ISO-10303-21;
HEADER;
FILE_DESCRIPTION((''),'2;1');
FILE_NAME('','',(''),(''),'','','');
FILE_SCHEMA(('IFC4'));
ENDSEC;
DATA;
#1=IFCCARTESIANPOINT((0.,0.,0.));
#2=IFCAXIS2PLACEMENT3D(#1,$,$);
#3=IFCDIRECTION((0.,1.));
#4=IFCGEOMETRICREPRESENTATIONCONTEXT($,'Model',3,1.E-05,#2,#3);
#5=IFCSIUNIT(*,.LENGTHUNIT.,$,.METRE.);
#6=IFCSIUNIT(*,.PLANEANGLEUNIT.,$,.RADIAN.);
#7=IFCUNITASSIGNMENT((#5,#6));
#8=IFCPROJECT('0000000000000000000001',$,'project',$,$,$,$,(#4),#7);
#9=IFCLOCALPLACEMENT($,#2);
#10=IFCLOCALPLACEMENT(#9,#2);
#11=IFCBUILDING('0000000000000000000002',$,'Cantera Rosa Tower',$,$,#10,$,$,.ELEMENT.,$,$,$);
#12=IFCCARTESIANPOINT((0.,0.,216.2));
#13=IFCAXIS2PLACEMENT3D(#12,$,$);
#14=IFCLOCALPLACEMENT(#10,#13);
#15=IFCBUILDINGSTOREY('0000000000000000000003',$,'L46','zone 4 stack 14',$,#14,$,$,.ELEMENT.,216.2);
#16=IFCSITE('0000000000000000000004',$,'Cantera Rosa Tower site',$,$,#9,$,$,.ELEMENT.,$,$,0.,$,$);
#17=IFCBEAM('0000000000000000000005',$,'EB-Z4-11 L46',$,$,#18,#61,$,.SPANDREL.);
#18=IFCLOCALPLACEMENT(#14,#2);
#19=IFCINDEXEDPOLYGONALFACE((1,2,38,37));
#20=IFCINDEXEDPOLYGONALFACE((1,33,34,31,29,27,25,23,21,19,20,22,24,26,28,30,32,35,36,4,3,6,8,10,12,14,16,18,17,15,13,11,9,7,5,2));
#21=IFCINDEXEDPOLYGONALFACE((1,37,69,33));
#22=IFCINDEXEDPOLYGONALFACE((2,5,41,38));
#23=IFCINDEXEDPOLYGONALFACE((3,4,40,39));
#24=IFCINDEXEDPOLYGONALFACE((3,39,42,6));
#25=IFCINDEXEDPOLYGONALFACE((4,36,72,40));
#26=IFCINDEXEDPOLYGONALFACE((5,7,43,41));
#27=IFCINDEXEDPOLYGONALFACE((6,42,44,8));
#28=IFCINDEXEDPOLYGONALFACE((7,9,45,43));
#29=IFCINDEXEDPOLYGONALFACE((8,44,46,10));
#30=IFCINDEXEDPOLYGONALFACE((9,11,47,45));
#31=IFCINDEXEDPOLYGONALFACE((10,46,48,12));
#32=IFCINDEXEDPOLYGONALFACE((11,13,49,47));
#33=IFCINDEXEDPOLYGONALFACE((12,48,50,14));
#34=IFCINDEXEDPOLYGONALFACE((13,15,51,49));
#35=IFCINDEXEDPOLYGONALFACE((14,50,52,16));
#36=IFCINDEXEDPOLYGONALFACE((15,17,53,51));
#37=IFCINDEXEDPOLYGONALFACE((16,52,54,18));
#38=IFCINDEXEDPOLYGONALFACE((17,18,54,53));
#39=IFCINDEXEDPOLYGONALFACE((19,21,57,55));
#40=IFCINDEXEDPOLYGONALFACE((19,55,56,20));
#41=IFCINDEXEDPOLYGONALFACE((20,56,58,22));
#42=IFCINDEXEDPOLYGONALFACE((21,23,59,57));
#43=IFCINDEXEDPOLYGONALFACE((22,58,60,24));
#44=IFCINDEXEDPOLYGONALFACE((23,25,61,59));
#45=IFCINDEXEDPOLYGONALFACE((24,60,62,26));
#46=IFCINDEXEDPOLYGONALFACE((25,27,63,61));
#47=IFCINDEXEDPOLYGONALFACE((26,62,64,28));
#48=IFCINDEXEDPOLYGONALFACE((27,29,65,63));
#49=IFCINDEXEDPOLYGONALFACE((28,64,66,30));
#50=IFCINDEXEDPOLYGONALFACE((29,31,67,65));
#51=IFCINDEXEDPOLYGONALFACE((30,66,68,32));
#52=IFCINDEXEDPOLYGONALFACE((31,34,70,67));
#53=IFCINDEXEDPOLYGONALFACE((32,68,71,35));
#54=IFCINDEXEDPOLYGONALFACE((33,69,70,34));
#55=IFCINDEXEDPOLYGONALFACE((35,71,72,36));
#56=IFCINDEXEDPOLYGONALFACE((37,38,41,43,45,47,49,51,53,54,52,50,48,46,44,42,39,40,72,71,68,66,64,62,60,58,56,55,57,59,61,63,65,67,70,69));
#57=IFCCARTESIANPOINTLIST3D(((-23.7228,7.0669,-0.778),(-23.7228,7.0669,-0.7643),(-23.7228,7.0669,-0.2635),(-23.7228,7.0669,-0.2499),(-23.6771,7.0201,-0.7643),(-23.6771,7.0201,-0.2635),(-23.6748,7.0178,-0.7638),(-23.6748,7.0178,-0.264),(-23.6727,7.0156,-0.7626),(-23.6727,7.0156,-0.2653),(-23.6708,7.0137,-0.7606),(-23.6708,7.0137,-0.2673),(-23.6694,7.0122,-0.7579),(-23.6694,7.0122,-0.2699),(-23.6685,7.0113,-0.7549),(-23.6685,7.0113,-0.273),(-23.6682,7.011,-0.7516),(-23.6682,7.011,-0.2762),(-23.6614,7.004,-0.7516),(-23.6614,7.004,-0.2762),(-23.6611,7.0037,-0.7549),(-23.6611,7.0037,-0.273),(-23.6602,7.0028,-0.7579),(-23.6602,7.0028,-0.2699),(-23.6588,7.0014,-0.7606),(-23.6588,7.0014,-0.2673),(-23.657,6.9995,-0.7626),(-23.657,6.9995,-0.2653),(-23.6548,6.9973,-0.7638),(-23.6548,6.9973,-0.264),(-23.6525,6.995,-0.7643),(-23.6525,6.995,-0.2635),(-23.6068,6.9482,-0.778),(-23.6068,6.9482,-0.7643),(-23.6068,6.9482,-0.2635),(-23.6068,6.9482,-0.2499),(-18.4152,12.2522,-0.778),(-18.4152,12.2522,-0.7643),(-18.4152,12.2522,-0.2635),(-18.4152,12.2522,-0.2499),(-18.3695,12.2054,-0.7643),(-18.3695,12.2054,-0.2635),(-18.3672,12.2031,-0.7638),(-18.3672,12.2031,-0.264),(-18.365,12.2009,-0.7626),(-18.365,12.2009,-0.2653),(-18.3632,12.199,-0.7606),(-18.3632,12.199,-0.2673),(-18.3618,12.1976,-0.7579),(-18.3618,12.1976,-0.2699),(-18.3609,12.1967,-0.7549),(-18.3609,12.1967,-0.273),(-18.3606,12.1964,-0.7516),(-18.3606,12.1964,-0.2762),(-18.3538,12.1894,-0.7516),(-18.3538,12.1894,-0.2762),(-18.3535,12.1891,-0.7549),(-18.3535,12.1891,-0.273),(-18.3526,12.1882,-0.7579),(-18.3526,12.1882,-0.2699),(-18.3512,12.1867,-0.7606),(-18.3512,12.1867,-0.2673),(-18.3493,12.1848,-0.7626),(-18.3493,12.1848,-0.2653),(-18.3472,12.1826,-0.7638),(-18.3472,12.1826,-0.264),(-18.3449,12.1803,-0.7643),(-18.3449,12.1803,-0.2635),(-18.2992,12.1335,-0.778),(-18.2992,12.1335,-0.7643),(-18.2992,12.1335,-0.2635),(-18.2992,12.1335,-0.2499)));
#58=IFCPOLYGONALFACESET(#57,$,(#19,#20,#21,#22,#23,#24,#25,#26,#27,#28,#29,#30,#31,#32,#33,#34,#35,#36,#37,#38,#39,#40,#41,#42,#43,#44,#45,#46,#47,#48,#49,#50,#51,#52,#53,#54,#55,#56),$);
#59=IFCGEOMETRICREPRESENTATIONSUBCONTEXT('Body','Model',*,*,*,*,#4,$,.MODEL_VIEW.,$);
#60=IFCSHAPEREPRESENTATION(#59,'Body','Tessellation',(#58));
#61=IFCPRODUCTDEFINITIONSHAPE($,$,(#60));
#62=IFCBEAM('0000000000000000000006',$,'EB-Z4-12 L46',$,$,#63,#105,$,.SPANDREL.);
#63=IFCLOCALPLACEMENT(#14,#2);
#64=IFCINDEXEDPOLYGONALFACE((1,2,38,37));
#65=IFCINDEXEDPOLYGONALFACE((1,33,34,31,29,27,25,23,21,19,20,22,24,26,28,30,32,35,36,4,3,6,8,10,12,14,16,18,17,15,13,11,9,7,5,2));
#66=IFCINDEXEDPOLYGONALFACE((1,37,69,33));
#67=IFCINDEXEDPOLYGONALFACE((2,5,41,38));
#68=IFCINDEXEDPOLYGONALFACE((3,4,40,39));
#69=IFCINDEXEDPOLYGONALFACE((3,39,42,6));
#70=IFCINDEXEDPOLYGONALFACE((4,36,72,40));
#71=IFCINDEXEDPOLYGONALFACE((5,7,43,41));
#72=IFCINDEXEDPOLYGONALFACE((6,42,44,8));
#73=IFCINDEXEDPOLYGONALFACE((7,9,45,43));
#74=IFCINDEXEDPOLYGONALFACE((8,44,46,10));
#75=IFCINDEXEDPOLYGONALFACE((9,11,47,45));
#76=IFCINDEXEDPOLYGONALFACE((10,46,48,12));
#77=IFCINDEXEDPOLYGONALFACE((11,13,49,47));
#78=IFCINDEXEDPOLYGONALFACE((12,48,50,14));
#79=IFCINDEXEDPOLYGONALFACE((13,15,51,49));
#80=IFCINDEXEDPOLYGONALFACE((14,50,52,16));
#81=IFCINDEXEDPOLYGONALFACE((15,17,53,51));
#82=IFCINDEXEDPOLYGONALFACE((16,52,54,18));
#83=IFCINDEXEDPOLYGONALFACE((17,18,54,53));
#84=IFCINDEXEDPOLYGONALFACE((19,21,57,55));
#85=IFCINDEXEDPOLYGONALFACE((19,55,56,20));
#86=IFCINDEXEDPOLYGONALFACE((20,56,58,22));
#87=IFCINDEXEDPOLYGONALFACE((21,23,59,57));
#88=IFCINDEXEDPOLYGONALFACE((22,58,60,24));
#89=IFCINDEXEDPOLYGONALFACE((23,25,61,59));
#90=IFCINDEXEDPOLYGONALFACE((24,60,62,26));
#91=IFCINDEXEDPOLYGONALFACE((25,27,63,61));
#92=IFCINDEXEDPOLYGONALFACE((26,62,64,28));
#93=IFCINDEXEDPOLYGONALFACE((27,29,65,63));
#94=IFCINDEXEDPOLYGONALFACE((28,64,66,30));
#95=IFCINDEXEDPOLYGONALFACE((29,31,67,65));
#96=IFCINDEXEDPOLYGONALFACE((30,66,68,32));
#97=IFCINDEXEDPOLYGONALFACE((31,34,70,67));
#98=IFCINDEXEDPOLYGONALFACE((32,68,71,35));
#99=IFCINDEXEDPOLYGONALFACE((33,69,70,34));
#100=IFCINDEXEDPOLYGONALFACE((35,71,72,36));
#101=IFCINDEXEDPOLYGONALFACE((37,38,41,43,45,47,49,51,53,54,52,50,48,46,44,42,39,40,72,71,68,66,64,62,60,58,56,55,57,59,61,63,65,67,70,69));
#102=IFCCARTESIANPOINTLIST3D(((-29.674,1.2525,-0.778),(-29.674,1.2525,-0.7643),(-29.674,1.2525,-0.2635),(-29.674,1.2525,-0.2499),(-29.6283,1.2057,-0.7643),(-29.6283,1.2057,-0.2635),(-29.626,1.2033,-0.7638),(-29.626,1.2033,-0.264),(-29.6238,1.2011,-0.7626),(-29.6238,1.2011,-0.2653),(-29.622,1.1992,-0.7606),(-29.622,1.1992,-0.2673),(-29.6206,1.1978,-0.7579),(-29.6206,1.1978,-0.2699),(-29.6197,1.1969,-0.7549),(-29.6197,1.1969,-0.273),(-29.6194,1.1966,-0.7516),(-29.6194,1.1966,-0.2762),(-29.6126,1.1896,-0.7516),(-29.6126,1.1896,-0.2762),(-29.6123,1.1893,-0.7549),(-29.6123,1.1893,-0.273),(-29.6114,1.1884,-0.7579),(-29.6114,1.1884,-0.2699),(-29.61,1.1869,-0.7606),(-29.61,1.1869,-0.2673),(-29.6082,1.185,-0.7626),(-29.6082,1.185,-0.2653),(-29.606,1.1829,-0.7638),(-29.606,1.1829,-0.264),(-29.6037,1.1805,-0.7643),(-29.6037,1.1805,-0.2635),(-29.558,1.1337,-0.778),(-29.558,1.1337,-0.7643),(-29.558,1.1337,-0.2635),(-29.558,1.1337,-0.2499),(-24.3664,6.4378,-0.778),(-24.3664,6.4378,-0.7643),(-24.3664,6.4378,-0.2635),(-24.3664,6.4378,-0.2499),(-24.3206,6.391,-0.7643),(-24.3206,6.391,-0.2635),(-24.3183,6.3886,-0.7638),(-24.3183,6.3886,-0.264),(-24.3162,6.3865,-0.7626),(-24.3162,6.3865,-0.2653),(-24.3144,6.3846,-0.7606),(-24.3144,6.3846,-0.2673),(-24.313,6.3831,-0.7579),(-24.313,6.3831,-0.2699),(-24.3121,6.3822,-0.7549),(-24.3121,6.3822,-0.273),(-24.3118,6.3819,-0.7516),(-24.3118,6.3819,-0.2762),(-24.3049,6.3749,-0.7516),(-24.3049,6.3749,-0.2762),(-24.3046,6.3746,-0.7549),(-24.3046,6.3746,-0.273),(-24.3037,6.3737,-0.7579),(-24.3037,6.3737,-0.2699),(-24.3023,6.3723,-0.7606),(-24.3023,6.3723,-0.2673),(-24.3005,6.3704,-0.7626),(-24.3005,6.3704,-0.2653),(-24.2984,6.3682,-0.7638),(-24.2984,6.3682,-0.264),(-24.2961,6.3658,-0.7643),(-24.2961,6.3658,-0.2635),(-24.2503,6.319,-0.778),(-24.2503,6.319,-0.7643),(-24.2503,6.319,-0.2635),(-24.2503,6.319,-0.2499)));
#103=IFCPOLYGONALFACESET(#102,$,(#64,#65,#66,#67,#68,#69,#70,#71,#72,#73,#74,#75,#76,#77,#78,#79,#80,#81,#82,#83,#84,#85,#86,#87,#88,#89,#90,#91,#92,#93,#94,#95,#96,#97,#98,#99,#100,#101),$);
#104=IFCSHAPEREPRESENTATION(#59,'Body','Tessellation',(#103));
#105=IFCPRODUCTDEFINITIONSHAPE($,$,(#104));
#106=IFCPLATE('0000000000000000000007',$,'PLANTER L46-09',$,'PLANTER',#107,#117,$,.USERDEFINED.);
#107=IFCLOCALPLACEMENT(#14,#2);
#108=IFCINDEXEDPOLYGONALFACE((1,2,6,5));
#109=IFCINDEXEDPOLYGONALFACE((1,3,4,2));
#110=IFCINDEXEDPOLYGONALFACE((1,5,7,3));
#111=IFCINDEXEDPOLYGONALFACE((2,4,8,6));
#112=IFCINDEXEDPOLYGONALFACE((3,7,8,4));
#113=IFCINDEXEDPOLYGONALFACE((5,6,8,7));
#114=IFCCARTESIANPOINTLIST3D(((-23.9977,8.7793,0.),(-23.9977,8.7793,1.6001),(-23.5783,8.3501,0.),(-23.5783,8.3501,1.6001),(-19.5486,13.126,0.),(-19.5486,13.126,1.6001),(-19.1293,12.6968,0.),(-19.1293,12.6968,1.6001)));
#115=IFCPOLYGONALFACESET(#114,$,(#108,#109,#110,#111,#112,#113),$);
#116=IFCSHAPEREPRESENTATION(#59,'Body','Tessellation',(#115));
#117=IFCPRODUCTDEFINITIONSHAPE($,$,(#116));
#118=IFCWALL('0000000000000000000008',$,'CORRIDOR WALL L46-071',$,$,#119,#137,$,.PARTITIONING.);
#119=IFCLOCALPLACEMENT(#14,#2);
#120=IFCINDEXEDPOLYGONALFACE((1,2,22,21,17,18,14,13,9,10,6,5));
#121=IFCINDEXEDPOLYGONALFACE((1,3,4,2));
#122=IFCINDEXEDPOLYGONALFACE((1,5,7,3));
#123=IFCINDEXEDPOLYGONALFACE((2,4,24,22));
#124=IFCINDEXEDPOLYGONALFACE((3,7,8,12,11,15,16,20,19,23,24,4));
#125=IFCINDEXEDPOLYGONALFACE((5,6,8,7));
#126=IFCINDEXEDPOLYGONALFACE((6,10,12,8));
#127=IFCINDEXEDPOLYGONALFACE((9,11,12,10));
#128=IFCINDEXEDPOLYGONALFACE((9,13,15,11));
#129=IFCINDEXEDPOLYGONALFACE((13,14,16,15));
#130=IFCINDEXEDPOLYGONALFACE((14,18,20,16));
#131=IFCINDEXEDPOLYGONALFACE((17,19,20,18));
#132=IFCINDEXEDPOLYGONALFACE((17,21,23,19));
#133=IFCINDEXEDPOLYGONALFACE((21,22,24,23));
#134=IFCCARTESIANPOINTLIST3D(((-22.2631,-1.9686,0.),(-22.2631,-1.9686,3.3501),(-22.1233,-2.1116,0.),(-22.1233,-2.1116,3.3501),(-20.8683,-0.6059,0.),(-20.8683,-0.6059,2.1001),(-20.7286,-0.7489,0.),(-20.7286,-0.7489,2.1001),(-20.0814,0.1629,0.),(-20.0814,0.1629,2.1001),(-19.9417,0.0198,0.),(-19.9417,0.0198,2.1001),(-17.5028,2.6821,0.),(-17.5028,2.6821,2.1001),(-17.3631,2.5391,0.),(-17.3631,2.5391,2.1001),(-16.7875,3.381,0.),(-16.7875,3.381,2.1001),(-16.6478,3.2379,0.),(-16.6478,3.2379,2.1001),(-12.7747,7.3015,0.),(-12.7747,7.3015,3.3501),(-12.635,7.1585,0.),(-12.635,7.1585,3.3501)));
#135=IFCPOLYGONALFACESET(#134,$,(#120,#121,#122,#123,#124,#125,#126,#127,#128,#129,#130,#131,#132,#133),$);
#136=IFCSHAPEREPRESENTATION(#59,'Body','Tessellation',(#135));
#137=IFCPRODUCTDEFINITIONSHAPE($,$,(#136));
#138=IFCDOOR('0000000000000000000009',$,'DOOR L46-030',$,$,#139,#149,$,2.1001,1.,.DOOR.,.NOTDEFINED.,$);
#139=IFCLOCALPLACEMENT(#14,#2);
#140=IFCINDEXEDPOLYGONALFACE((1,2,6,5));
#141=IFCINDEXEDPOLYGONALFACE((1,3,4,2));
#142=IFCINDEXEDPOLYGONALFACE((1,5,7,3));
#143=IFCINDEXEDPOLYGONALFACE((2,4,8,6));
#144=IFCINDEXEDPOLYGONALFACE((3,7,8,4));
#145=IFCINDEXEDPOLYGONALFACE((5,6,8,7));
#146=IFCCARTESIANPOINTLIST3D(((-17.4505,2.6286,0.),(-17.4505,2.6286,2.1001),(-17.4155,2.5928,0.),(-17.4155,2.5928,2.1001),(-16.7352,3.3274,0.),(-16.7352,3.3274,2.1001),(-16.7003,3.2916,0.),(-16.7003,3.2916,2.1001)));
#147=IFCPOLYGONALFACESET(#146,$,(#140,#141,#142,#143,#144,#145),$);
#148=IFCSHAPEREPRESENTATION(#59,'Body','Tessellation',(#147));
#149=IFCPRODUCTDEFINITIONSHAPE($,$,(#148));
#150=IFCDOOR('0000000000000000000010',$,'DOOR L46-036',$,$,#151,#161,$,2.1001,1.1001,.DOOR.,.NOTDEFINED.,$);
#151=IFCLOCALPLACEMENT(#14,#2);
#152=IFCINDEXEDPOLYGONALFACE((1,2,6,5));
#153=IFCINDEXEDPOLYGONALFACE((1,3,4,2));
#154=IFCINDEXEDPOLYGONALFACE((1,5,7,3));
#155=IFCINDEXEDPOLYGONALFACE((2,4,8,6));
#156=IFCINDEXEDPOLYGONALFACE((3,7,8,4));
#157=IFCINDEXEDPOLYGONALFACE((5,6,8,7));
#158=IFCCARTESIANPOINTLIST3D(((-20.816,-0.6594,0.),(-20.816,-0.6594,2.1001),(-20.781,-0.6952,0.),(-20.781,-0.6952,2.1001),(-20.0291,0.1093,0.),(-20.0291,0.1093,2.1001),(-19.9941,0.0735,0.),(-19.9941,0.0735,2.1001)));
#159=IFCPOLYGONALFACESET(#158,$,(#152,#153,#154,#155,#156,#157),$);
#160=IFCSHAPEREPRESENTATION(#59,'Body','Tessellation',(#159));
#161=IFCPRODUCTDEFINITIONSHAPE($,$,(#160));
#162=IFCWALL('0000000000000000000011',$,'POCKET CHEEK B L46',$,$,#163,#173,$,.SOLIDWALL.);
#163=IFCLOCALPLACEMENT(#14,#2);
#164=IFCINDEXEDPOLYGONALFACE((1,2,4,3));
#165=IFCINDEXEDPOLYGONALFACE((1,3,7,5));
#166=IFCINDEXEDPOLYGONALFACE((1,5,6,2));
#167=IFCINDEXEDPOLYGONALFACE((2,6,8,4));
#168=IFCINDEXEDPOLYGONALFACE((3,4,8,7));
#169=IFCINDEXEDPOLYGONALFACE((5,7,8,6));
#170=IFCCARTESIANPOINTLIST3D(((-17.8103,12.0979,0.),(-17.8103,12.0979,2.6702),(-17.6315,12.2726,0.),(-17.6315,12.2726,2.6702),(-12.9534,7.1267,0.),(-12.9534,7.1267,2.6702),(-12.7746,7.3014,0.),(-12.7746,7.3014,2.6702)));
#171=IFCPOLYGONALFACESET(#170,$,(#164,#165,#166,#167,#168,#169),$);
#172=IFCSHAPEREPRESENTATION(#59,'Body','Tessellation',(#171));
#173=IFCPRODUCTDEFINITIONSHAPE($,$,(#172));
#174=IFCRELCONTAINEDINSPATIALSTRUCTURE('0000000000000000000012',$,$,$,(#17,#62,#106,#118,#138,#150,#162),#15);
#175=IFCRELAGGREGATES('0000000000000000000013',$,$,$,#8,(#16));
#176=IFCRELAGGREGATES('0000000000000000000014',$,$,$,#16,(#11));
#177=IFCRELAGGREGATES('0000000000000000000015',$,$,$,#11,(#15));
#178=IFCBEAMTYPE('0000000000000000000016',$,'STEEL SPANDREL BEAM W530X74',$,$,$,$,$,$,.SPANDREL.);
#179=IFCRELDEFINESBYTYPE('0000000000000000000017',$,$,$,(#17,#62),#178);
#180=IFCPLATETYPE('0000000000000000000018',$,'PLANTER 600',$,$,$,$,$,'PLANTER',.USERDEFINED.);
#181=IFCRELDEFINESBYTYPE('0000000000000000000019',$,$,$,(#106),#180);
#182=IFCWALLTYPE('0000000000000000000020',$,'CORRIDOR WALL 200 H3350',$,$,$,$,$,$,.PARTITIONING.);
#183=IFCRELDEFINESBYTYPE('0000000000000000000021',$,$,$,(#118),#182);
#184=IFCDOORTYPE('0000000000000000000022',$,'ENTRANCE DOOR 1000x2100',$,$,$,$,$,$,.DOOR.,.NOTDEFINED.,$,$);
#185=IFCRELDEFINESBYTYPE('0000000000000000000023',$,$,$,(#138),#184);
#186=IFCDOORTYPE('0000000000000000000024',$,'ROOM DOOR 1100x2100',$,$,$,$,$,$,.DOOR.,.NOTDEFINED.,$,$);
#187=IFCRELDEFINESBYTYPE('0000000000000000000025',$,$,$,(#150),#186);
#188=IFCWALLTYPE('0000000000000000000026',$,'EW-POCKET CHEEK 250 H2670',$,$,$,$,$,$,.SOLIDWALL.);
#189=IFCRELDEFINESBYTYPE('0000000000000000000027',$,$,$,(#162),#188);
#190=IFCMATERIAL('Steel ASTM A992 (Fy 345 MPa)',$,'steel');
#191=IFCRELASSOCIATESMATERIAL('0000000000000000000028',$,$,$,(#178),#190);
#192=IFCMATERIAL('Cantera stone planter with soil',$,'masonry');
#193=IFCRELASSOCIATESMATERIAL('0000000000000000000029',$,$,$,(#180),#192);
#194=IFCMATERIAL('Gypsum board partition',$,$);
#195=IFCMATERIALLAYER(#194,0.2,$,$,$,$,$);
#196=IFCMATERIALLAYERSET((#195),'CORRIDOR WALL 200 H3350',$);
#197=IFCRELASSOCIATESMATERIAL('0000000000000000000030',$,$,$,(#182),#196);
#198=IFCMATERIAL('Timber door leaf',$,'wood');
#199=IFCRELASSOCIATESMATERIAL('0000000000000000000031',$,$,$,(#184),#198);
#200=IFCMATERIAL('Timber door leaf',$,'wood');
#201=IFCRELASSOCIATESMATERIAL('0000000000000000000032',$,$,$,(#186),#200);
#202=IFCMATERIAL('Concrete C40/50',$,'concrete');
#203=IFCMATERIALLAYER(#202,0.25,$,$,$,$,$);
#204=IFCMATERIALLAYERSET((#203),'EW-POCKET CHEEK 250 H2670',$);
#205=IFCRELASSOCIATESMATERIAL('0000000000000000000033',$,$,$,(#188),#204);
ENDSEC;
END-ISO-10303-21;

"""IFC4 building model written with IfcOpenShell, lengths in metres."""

from ifc_helpers import new_model, si_unit, direction, frame, frame_2d, origin, origin_2d, place, context, subcontext, project, spatial, rectangle, i_section, extrude, material, layer, layer_set, material_profile, profile_set, type_object, element, fill, save


model = new_model("IFC4")

# Units and contexts
model_context = context("Model", 3, precision=1e-05, world=origin(), true_north=direction((0.0, 1.0)))
body_context = subcontext(model_context, "Body", "Model", "MODEL_VIEW")
ifc_project = project(units=[si_unit("LENGTHUNIT", "METRE"), si_unit("PLANEANGLEUNIT", "RADIAN")], contexts=[model_context])

# Site, building, storey
site_placement = place(None, origin())
site = spatial("IfcSite", under=ifc_project, at=site_placement, Name="Cantera Rosa Tower site", CompositionType="ELEMENT", RefElevation=0.0)
building_placement = place(site_placement, origin())
building = spatial("IfcBuilding", under=site, at=building_placement, Name="Cantera Rosa Tower", CompositionType="ELEMENT")
storey_placement = place(building_placement, frame((0.0, 0.0, 216.2)))
storey = spatial("IfcBuildingStorey", under=building, at=storey_placement, Name="L46", Description="zone 4 stack 14", CompositionType="ELEMENT", Elevation=216.2)

# Beams
ifc_material_1 = material(Name="Steel ASTM A992 (Fy 345 MPa)", Category="steel")
ifc_material_profile_1 = material_profile(ifc_material_1, i_section(OverallWidth=0.166, OverallDepth=0.5281, WebThickness=0.0098, FlangeThickness=0.0137, FilletRadius=0.0127, at=origin_2d()), Name="W530X74")
ifc_profile_set_1 = profile_set([ifc_material_profile_1], Name="Steel ASTM A992 (Fy 345 MPa)")
beam_type_1 = type_object("IfcBeamType", Name="STEEL SPANDREL BEAM W530X74", PredefinedType="SPANDREL", material=ifc_profile_set_1)
for number, where, z_axis, x_axis, name in (
    (1, (-18.3572, 12.1929, -0.5139), (-0.715301, -0.698817, 0.0), (0.698817, -0.715301, 0.0), "EB-Z4-11 L46"),
    (2, (-24.3083, 6.3784, -0.5139), (-0.715301, -0.698817, 0.0), (0.698817, -0.715301, 0.0), "EB-Z4-12 L46"),
):
    element("IfcBeam", number, at=place(storey_placement, frame(where, z_axis=z_axis, x_axis=x_axis)), inside=storey, type_object=beam_type_1, Name=name, PredefinedType="SPANDREL", context=body_context, shape_type="SweptSolid", body=[
        extrude(i_section(OverallWidth=0.166, OverallDepth=0.5281, WebThickness=0.0098, FlangeThickness=0.0137, FilletRadius=0.0127, at=origin_2d()), origin(), (0.0, 0.0, 1.0), 7.4202),
    ])

# Plate
ifc_material_2 = material(Name="Cantera stone planter with soil", Category="masonry")
plate_type = type_object("IfcPlateType", Name="PLANTER 600", ElementType="PLANTER", PredefinedType="USERDEFINED", material=ifc_material_2)
plate_placement = place(storey_placement, frame((-21.5635, 10.738, 0.0), z_axis=(0.0, 0.0, 1.0), x_axis=(-0.715286, -0.698832, 0.0)))
element("IfcPlate", 3, at=plate_placement, inside=storey, type_object=plate_type, Name="PLANTER L46-09", ObjectType="PLANTER", PredefinedType="USERDEFINED", context=body_context, shape_type="SweptSolid", body=[
    extrude(rectangle(XDim=6.22, YDim=0.6001, at=origin_2d()), origin(), (0.0, 0.0, 1.0), 1.6001),
])

# Wall, openings, doors
ifc_material_3 = material(Name="Gypsum board partition")
ifc_layer_1 = layer(ifc_material_3, 0.2)
ifc_layer_set_1 = layer_set([ifc_layer_1], Name="CORRIDOR WALL 200 H3350")
wall_type_1 = type_object("IfcWallType", Name="CORRIDOR WALL 200 H3350", PredefinedType="PARTITIONING", material=ifc_layer_set_1)
wall_1_placement = place(storey_placement, frame((-12.7048, 7.23, 0.0), z_axis=(0.0, 0.0, 1.0), x_axis=(-0.715286, -0.698832, 0.0)))
wall_1 = element("IfcWall", 4, at=wall_1_placement, inside=storey, type_object=wall_type_1, Name="CORRIDOR WALL L46-071", PredefinedType="PARTITIONING", context=body_context, shape_type="SweptSolid", body=[
    extrude(rectangle(XDim=13.2651, YDim=0.2, at=frame_2d((6.6326, 0.0))), origin(), (0.0, 0.0, 1.0), 3.3501),
])
opening_1_placement = place(wall_1_placement, frame((5.6101, 0.0, 0.0)))
opening_1 = element("IfcOpeningElement", 5, at=opening_1_placement, cuts=wall_1, PredefinedType="OPENING", context=body_context, shape_type="SweptSolid", body=[
    extrude(rectangle(XDim=1.0, YDim=2.1001, at=frame_2d((0.5, 1.05))), frame((0.0, 0.1099, 0.0), z_axis=(0.0, -1.0, 0.0), x_axis=(1.0, 0.0, 0.0)), (0.0, 0.0, 1.0), 0.22),
])
opening_2_placement = place(wall_1_placement, frame((10.2151, 0.0, 0.0)))
opening_2 = element("IfcOpeningElement", 6, at=opening_2_placement, cuts=wall_1, PredefinedType="OPENING", context=body_context, shape_type="SweptSolid", body=[
    extrude(rectangle(XDim=1.1001, YDim=2.1001, at=frame_2d((0.55, 1.05))), frame((0.0, 0.1099, 0.0), z_axis=(0.0, -1.0, 0.0), x_axis=(1.0, 0.0, 0.0)), (0.0, 0.0, 1.0), 0.22),
])
ifc_material_4 = material(Name="Timber door leaf", Category="wood")
door_type_1 = type_object("IfcDoorType", Name="ENTRANCE DOOR 1000x2100", OperationType="NOTDEFINED", PredefinedType="DOOR", material=ifc_material_4)
door_1_placement = place(opening_1_placement, origin())
door_1 = element("IfcDoor", 7, at=door_1_placement, inside=storey, type_object=door_type_1, Name="DOOR L46-030", OperationType="NOTDEFINED", OverallHeight=2.1001, OverallWidth=1.0, PredefinedType="DOOR", context=body_context, shape_type="SweptSolid", body=[
    extrude(rectangle(XDim=1.0, YDim=2.1001, at=frame_2d((0.5, 1.05))), frame((0.0, 0.0249, 0.0), z_axis=(0.0, -1.0, 0.0), x_axis=(1.0, 0.0, 0.0)), (0.0, 0.0, 1.0), 0.05),
])
fill(opening_1, door_1)
ifc_material_5 = material(Name="Timber door leaf", Category="wood")
door_type_2 = type_object("IfcDoorType", Name="ROOM DOOR 1100x2100", OperationType="NOTDEFINED", PredefinedType="DOOR", material=ifc_material_5)
door_2_placement = place(opening_2_placement, origin())
door_2 = element("IfcDoor", 8, at=door_2_placement, inside=storey, type_object=door_type_2, Name="DOOR L46-036", OperationType="NOTDEFINED", OverallHeight=2.1001, OverallWidth=1.1001, PredefinedType="DOOR", context=body_context, shape_type="SweptSolid", body=[
    extrude(rectangle(XDim=1.1001, YDim=2.1001, at=frame_2d((0.55, 1.05))), frame((0.0, 0.0249, 0.0), z_axis=(0.0, -1.0, 0.0), x_axis=(1.0, 0.0, 0.0)), (0.0, 0.0, 1.0), 0.05),
])
fill(opening_2, door_2)

# Wall
ifc_material_6 = material(Name="Concrete C40/50", Category="concrete")
ifc_layer_2 = layer(ifc_material_6, 0.25)
ifc_layer_set_2 = layer_set([ifc_layer_2], Name="EW-POCKET CHEEK 250 H2670")
wall_type_2 = type_object("IfcWallType", Name="EW-POCKET CHEEK 250 H2670", PredefinedType="SOLIDWALL", material=ifc_layer_set_2)
wall_2_placement = place(storey_placement, frame((-17.7209, 12.1853, 0.0), z_axis=(0.0, 0.0, 1.0), x_axis=(0.698839, -0.715279, 0.0)))
element("IfcWall", 9, at=wall_2_placement, inside=storey, type_object=wall_type_2, Name="POCKET CHEEK B L46", PredefinedType="SOLIDWALL", context=body_context, shape_type="SweptSolid", body=[
    extrude(rectangle(XDim=6.95, YDim=0.25, at=frame_2d((3.4751, 0.0))), origin(), (0.0, 0.0, 1.0), 2.6702),
])

save(model, "model.ifc")
